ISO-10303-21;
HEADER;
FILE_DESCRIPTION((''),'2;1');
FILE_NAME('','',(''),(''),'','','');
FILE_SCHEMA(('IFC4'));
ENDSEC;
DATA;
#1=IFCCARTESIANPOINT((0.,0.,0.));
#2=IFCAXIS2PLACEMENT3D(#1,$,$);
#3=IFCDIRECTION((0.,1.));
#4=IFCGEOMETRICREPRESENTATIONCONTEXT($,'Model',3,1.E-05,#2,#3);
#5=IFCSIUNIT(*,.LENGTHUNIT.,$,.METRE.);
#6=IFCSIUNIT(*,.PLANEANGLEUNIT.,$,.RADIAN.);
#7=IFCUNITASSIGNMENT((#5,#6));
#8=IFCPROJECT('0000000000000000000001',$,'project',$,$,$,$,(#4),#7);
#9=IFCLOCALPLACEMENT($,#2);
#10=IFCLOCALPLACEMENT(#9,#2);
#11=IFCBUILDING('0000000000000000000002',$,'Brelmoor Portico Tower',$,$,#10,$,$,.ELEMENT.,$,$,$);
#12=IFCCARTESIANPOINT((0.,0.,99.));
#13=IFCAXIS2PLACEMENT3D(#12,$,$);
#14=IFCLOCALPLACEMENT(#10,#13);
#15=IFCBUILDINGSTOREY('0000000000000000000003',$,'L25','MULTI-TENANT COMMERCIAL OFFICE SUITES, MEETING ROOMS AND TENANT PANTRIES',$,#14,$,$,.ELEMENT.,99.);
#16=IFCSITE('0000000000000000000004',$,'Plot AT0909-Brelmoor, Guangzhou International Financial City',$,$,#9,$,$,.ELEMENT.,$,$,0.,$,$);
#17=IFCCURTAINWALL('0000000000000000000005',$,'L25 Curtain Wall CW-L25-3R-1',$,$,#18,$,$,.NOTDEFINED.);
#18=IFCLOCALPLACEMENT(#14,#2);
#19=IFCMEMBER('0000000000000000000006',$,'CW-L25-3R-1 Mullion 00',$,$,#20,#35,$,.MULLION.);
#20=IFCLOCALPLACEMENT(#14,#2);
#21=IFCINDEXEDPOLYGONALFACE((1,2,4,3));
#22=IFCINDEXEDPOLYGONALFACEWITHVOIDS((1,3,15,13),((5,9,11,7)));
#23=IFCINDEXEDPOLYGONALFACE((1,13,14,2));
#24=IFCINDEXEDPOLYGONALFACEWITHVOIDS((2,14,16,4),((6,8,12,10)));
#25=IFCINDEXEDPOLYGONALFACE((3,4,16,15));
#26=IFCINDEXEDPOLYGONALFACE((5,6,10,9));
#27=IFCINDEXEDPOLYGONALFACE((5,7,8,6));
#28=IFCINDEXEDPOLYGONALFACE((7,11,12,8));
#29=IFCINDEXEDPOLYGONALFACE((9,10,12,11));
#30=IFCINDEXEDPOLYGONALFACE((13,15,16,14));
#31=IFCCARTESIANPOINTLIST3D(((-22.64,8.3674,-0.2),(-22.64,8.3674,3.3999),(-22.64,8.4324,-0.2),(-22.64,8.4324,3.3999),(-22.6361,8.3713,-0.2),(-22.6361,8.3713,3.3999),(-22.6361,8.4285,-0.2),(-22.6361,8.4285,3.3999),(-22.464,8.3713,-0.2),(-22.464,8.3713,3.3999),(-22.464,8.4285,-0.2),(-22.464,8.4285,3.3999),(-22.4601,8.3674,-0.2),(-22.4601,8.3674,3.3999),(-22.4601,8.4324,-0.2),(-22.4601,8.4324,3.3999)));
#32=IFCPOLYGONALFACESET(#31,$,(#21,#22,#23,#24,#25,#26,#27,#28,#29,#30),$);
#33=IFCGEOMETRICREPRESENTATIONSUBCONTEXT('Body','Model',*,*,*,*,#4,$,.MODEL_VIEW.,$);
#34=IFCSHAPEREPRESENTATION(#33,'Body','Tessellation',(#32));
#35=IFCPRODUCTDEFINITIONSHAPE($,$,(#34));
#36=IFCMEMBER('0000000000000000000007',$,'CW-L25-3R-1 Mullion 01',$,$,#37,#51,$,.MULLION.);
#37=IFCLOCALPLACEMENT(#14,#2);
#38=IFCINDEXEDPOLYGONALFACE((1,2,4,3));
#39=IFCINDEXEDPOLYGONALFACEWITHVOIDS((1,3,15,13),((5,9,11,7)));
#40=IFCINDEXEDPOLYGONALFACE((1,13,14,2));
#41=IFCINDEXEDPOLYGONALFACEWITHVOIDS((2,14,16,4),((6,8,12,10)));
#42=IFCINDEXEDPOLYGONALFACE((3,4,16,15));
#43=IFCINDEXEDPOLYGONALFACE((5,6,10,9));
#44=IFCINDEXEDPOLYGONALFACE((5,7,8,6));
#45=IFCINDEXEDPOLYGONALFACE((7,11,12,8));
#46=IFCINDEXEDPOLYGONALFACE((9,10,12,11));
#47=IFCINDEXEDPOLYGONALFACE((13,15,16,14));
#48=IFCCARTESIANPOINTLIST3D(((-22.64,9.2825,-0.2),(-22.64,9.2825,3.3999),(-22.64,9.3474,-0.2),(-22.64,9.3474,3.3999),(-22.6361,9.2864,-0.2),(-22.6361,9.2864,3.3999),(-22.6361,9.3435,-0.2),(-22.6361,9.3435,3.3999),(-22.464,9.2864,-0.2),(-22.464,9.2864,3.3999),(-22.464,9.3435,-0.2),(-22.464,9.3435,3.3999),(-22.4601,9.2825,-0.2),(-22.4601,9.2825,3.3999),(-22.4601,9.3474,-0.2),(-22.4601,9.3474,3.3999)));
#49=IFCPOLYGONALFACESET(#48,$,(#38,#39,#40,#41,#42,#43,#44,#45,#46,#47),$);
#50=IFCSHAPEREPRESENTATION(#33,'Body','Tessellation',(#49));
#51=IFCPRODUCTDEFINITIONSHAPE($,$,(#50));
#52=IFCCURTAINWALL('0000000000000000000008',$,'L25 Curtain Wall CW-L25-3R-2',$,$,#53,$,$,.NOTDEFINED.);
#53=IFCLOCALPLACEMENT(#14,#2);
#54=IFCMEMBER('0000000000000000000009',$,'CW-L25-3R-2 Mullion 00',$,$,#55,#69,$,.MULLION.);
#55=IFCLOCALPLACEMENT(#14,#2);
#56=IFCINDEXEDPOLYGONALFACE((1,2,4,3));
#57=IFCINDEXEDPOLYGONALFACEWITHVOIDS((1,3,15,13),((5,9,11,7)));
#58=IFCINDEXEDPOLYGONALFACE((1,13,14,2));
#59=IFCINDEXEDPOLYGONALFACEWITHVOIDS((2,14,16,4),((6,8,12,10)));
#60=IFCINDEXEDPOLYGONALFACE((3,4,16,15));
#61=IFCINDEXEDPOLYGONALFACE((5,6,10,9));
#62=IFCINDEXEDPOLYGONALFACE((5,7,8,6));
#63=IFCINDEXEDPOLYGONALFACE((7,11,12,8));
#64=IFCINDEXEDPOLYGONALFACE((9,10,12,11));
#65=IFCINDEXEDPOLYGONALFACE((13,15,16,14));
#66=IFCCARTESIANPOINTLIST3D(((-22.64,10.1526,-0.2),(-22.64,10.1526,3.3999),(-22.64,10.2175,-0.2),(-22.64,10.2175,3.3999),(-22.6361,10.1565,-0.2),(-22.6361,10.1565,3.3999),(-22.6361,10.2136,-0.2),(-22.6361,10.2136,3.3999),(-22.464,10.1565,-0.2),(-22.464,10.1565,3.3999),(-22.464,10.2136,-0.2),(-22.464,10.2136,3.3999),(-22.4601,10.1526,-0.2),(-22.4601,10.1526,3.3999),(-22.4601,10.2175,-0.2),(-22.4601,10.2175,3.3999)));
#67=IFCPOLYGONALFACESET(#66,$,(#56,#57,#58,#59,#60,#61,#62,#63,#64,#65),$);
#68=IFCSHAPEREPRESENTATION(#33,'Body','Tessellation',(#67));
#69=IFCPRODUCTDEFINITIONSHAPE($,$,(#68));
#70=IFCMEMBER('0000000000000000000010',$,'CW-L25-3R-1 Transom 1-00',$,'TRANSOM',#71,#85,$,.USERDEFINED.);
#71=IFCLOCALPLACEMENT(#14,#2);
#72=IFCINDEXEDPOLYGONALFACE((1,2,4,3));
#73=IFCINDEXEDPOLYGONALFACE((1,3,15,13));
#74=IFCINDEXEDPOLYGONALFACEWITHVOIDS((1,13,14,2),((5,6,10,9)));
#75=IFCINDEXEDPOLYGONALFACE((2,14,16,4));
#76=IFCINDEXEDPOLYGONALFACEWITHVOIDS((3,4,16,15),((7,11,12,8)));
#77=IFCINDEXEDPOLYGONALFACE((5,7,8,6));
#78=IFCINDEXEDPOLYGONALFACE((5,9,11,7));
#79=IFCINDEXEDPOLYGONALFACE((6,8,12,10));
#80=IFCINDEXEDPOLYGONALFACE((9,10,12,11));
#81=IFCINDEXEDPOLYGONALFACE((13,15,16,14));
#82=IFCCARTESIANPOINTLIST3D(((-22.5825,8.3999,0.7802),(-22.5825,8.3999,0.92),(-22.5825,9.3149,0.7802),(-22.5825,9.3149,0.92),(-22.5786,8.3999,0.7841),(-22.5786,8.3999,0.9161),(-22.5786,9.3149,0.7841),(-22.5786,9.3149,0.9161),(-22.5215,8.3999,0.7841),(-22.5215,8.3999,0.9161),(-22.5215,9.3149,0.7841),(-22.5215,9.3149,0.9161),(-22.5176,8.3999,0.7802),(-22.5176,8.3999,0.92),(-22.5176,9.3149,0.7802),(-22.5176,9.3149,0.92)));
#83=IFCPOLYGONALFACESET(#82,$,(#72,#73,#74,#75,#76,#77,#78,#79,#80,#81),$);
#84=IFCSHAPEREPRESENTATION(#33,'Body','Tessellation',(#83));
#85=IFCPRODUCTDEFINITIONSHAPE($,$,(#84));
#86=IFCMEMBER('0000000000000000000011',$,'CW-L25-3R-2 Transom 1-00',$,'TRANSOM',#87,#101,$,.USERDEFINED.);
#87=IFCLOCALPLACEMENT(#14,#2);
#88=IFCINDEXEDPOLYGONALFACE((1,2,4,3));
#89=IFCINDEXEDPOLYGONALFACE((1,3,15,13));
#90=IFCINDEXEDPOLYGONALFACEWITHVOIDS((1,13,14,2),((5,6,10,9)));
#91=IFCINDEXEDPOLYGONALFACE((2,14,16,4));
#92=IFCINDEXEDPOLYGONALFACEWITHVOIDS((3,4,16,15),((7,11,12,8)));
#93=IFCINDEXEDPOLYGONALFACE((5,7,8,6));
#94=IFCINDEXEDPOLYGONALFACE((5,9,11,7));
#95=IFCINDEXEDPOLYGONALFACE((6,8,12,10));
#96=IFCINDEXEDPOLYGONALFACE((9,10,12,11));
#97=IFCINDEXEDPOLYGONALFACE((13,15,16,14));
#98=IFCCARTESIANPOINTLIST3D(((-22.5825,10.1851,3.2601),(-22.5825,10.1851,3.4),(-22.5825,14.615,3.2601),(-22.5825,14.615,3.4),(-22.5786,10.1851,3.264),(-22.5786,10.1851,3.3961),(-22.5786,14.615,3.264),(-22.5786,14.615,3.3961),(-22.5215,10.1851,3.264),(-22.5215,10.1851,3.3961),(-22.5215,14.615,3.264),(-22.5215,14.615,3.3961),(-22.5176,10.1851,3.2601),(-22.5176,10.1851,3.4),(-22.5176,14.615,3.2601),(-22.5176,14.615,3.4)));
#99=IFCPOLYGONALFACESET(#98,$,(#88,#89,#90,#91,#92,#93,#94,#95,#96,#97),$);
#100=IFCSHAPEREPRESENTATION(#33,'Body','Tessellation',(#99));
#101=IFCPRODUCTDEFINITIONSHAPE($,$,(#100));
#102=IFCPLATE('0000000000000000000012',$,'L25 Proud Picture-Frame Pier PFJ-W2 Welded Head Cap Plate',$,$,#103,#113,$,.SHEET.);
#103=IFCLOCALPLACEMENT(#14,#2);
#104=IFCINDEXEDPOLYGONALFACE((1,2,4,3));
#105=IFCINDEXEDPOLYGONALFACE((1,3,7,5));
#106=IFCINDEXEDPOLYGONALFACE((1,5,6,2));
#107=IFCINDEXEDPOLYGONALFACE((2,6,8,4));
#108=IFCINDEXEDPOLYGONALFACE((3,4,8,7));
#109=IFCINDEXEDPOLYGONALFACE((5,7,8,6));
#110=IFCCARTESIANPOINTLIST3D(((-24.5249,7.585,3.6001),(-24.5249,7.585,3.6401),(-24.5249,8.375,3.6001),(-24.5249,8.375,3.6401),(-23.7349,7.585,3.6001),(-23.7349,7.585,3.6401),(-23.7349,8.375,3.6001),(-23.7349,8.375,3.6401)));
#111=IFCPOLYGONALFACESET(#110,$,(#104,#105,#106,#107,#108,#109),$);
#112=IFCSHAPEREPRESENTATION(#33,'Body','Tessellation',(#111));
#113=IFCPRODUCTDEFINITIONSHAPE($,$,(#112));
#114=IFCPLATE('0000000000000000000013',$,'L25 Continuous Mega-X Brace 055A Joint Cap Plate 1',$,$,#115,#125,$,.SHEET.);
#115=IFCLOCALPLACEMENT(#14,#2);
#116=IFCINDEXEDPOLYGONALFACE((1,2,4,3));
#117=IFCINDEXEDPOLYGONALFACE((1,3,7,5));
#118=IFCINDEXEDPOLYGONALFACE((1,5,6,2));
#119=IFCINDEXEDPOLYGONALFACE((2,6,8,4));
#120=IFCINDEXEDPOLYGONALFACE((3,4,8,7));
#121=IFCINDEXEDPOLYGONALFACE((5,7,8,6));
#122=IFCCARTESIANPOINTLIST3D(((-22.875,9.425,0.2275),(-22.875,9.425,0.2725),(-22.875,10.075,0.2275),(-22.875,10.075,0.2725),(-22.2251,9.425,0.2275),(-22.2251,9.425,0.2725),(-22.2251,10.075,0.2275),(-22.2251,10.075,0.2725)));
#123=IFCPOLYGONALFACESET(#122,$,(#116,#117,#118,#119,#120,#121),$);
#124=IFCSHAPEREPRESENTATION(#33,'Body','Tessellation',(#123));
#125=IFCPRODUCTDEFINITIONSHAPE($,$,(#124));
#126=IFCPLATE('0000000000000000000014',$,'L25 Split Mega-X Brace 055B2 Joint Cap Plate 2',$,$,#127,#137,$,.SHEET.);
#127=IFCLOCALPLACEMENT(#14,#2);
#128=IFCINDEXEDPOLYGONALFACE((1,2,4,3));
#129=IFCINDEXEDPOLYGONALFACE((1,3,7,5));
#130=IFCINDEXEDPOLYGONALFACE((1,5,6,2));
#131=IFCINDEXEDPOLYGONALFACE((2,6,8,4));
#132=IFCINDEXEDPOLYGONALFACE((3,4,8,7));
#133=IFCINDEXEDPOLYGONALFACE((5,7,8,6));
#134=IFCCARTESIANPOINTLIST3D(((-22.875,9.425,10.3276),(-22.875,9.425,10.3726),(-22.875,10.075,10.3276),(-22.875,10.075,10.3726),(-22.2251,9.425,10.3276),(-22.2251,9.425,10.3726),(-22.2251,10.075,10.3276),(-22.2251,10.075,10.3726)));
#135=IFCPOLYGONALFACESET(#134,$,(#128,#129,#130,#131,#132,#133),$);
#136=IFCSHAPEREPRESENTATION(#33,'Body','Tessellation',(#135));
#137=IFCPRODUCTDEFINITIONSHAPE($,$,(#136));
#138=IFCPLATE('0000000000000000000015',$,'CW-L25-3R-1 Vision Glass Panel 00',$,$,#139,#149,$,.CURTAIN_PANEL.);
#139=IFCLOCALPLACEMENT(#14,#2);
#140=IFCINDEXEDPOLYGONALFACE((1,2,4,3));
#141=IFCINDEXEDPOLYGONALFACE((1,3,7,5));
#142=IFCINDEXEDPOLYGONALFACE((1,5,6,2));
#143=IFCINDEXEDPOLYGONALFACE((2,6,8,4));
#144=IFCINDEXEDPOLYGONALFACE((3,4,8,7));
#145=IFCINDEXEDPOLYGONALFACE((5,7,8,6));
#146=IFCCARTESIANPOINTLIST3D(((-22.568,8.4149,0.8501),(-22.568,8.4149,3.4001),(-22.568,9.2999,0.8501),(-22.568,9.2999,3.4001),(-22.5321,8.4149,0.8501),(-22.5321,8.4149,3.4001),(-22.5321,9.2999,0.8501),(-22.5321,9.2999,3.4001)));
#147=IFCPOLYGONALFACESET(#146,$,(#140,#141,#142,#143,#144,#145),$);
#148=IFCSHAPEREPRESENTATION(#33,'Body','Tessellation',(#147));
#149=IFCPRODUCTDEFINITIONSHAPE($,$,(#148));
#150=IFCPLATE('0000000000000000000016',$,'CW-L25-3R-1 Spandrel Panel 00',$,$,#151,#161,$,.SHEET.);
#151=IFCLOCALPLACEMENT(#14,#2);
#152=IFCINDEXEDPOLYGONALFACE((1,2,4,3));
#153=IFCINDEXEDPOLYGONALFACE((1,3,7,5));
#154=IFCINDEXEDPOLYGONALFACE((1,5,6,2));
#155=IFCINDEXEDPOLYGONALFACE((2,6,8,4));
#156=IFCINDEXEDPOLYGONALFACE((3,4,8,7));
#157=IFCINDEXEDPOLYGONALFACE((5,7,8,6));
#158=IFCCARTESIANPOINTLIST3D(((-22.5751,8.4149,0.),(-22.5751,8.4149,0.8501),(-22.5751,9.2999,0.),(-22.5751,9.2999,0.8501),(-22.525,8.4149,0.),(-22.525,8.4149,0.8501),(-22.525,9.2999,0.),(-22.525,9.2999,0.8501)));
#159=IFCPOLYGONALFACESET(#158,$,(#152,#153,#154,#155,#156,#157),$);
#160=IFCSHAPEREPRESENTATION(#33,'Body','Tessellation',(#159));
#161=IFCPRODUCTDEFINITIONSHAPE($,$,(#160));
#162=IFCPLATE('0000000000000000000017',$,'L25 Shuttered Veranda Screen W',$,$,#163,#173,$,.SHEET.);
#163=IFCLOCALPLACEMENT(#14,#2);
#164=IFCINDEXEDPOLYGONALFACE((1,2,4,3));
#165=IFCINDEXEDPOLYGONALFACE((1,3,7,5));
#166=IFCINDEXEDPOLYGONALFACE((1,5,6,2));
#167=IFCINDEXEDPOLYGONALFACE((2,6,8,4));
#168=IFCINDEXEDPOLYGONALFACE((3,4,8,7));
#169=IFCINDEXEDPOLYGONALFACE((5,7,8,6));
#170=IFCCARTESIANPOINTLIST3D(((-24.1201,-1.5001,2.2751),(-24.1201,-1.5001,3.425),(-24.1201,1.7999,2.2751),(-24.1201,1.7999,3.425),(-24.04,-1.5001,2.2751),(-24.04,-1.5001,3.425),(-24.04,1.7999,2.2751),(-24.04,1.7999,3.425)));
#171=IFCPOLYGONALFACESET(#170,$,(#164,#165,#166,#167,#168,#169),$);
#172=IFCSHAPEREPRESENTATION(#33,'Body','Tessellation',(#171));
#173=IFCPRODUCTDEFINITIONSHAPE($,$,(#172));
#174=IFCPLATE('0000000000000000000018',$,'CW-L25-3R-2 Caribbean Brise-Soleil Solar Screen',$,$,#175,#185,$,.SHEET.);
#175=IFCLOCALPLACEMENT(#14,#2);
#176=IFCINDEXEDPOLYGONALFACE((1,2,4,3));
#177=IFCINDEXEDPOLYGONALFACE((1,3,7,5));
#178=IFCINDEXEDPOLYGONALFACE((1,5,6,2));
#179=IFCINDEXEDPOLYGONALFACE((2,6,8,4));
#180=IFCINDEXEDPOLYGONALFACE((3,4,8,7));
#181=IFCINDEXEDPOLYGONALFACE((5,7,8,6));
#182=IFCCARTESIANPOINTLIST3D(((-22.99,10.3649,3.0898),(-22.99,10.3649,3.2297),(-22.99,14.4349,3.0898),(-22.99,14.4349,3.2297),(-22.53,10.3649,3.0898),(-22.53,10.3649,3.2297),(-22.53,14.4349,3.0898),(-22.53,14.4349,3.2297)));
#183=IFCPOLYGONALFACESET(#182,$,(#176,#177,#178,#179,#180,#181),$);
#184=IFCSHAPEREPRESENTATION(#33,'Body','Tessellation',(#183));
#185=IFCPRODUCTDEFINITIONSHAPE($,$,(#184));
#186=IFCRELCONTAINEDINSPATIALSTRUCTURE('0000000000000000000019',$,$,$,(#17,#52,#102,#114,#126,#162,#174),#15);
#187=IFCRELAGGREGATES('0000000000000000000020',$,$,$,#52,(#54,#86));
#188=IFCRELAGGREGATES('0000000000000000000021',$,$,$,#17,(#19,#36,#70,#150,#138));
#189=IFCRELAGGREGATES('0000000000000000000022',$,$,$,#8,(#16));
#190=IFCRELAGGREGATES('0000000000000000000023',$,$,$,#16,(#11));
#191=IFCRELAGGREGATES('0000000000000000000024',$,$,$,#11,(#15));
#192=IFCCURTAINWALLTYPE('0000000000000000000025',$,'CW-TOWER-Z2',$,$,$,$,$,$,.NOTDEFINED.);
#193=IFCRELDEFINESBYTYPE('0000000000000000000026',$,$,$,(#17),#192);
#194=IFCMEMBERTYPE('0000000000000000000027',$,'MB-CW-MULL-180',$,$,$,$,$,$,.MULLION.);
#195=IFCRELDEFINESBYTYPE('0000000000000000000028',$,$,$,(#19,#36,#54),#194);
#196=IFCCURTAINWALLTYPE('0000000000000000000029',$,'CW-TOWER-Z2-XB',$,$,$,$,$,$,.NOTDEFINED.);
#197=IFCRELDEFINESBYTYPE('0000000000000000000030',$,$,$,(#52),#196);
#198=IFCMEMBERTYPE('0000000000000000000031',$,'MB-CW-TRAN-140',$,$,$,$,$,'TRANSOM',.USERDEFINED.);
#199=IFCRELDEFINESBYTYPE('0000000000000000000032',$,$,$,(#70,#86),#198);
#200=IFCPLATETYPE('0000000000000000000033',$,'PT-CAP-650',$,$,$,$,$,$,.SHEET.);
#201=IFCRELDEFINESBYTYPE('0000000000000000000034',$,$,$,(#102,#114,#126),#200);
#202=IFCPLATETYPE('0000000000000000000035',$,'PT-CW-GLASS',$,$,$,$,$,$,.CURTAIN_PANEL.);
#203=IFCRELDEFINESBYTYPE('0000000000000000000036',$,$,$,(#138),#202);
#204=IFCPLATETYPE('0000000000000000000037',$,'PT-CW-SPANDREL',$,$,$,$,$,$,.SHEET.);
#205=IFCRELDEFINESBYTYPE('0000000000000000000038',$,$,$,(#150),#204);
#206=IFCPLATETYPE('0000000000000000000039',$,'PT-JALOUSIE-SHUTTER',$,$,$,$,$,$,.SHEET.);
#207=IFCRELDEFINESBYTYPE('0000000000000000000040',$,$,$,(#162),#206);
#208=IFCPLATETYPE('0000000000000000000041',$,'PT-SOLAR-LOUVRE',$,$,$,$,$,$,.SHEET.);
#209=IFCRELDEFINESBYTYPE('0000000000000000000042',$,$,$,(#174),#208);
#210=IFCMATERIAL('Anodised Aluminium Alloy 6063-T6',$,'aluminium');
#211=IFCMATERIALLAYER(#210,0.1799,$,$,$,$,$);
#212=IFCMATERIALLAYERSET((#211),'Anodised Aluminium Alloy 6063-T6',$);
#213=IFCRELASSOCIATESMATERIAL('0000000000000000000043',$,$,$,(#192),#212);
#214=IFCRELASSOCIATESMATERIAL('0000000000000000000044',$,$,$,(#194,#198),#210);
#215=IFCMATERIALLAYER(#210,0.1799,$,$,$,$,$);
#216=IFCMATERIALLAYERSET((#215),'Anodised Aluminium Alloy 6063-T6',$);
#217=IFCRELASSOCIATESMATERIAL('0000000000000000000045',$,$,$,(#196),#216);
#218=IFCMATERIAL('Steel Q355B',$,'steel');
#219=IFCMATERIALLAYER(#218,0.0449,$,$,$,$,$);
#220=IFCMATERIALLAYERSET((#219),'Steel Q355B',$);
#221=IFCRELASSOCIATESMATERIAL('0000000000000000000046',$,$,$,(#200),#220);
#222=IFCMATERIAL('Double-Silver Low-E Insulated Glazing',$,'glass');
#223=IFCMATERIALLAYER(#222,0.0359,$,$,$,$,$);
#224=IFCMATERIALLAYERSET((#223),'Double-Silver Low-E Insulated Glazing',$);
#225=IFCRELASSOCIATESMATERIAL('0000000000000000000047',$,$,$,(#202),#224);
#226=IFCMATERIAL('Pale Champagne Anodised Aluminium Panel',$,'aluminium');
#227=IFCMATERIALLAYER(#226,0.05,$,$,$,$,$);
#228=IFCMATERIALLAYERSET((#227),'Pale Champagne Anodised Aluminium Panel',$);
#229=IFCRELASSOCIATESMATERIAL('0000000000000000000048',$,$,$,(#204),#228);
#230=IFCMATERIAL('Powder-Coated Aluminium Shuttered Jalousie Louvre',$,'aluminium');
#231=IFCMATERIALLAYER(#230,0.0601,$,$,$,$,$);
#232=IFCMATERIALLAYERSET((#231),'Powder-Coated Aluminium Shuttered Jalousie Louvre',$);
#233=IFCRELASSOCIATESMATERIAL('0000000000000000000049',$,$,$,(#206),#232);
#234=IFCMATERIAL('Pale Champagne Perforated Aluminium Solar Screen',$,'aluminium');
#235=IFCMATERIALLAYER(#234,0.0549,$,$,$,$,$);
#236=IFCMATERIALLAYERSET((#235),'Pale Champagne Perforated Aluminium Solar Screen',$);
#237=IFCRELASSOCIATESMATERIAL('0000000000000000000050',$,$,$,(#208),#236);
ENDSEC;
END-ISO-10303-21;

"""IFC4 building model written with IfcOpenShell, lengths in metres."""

from ifc_helpers import new_model, si_unit, direction, frame, origin, origin_2d, place, context, subcontext, project, spatial, rectangle, hollow_rectangle, extrude, material, layer, layer_set, material_profile, profile_set, type_object, element, aggregate, save


model = new_model("IFC4")

# Units and contexts
model_context = context("Model", 3, precision=1e-05, world=origin(), true_north=direction((0.0, 1.0)))
body_context = subcontext(model_context, "Body", "Model", "MODEL_VIEW")
ifc_project = project(units=[si_unit("LENGTHUNIT", "METRE"), si_unit("PLANEANGLEUNIT", "RADIAN")], contexts=[model_context])

# Site, building, storey
site_placement = place(None, origin())
site = spatial("IfcSite", under=ifc_project, at=site_placement, Name="Plot AT0909-Brelmoor, Guangzhou International Financial City", CompositionType="ELEMENT", RefElevation=0.0)
building_placement = place(site_placement, origin())
building = spatial("IfcBuilding", under=site, at=building_placement, Name="Brelmoor Portico Tower", CompositionType="ELEMENT")
storey_placement = place(building_placement, frame((0.0, 0.0, 99.0)))
storey = spatial("IfcBuildingStorey", under=building, at=storey_placement, Name="L25", Description="MULTI-TENANT COMMERCIAL OFFICE SUITES, MEETING ROOMS AND TENANT PANTRIES", CompositionType="ELEMENT", Elevation=99.0)

# Shared definitions
ifc_material_1 = material(Name="Steel Q355B", Category="steel")

# Curtain wall, members
ifc_material_2 = material(Name="Anodised Aluminium Alloy 6063-T6", Category="aluminium")
ifc_layer_1 = layer(ifc_material_2, 0.1799)
ifc_layer_set_1 = layer_set([ifc_layer_1], Name="Anodised Aluminium Alloy 6063-T6")
curtain_wall_type_1 = type_object("IfcCurtainWallType", Name="CW-TOWER-Z2", PredefinedType="NOTDEFINED", material=ifc_layer_set_1)
curtain_wall_1_placement = place(storey_placement, origin())
curtain_wall_1 = element("IfcCurtainWall", 1, at=curtain_wall_1_placement, inside=storey, type_object=curtain_wall_type_1, Name="L25 Curtain Wall CW-L25-3R-1", PredefinedType="NOTDEFINED")
ifc_material_profile_1 = material_profile(ifc_material_2, hollow_rectangle(XDim=0.0649, YDim=0.1799, WallThickness=0.0039, at=origin_2d()), Name="ALU MULLION 65x180")
ifc_profile_set_1 = profile_set([ifc_material_profile_1], Name="Anodised Aluminium Alloy 6063-T6")
member_type_1 = type_object("IfcMemberType", Name="MB-CW-MULL-180", PredefinedType="MULLION", material=ifc_profile_set_1)
member_1_placement = place(storey_placement, frame((-22.55, 8.3999, -0.2), z_axis=(0.0, 0.0, 1.0), x_axis=(0.0, 1.0, 0.0)))
member_1 = element("IfcMember", 2, at=member_1_placement, type_object=member_type_1, Name="CW-L25-3R-1 Mullion 00", PredefinedType="MULLION", context=body_context, shape_type="SweptSolid", body=[
    extrude(hollow_rectangle(XDim=0.0649, YDim=0.1799, WallThickness=0.0039, at=origin_2d()), origin(), (0.0, 0.0, 1.0), 3.5999),
])
member_2_placement = place(storey_placement, frame((-22.55, 9.3149, -0.2), z_axis=(0.0, 0.0, 1.0), x_axis=(0.0, 1.0, 0.0)))
member_2 = element("IfcMember", 3, at=member_2_placement, type_object=member_type_1, Name="CW-L25-3R-1 Mullion 01", PredefinedType="MULLION", context=body_context, shape_type="SweptSolid", body=[
    extrude(hollow_rectangle(XDim=0.0649, YDim=0.1799, WallThickness=0.0039, at=origin_2d()), origin(), (0.0, 0.0, 1.0), 3.5999),
])

# Curtain wall, member
ifc_layer_2 = layer(ifc_material_2, 0.1799)
ifc_layer_set_2 = layer_set([ifc_layer_2], Name="Anodised Aluminium Alloy 6063-T6")
curtain_wall_type_2 = type_object("IfcCurtainWallType", Name="CW-TOWER-Z2-XB", PredefinedType="NOTDEFINED", material=ifc_layer_set_2)
curtain_wall_2_placement = place(storey_placement, origin())
curtain_wall_2 = element("IfcCurtainWall", 4, at=curtain_wall_2_placement, inside=storey, type_object=curtain_wall_type_2, Name="L25 Curtain Wall CW-L25-3R-2", PredefinedType="NOTDEFINED")
member_3_placement = place(storey_placement, frame((-22.55, 10.1851, -0.2), z_axis=(0.0, 0.0, 1.0), x_axis=(0.0, 1.0, 0.0)))
member_3 = element("IfcMember", 5, at=member_3_placement, type_object=member_type_1, Name="CW-L25-3R-2 Mullion 00", PredefinedType="MULLION", context=body_context, shape_type="SweptSolid", body=[
    extrude(hollow_rectangle(XDim=0.0649, YDim=0.1799, WallThickness=0.0039, at=origin_2d()), origin(), (0.0, 0.0, 1.0), 3.5999),
])

# Members
ifc_material_profile_2 = material_profile(ifc_material_2, hollow_rectangle(XDim=0.0649, YDim=0.1399, WallThickness=0.0039, at=origin_2d()), Name="ALU TRANSOM 65x140")
ifc_profile_set_2 = profile_set([ifc_material_profile_2], Name="Anodised Aluminium Alloy 6063-T6")
member_type_2 = type_object("IfcMemberType", Name="MB-CW-TRAN-140", ElementType="TRANSOM", PredefinedType="USERDEFINED", material=ifc_profile_set_2)
member_4_placement = place(storey_placement, frame((-22.55, 8.3999, 0.8501), z_axis=(0.0, 1.0, 0.0), x_axis=(-1.0, 0.0, 0.0)))
member_4 = element("IfcMember", 6, at=member_4_placement, type_object=member_type_2, Name="CW-L25-3R-1 Transom 1-00", ObjectType="TRANSOM", PredefinedType="USERDEFINED", context=body_context, shape_type="SweptSolid", body=[
    extrude(hollow_rectangle(XDim=0.0649, YDim=0.1399, WallThickness=0.0039, at=origin_2d()), origin(), (0.0, 0.0, 1.0), 0.915),
])
member_5_placement = place(storey_placement, frame((-22.55, 10.1851, 3.3301), z_axis=(0.0, 1.0, 0.0), x_axis=(-1.0, 0.0, 0.0)))
member_5 = element("IfcMember", 7, at=member_5_placement, type_object=member_type_2, Name="CW-L25-3R-2 Transom 1-00", ObjectType="TRANSOM", PredefinedType="USERDEFINED", context=body_context, shape_type="SweptSolid", body=[
    extrude(hollow_rectangle(XDim=0.0649, YDim=0.1399, WallThickness=0.0039, at=origin_2d()), origin(), (0.0, 0.0, 1.0), 4.4299),
])
aggregate(curtain_wall_2, [member_3, member_5])

# Plates
ifc_layer_3 = layer(ifc_material_1, 0.0449)
ifc_layer_set_3 = layer_set([ifc_layer_3], Name="Steel Q355B")
plate_type_1 = type_object("IfcPlateType", Name="PT-CAP-650", PredefinedType="SHEET", material=ifc_layer_set_3)
plate_1_placement = place(storey_placement, frame((-24.1299, 7.98, 3.6001), z_axis=(0.0, 0.0, 1.0), x_axis=(0.0, 1.0, 0.0)))
element("IfcPlate", 8, at=plate_1_placement, inside=storey, type_object=plate_type_1, Name="L25 Proud Picture-Frame Pier PFJ-W2 Welded Head Cap Plate", PredefinedType="SHEET", context=body_context, shape_type="SweptSolid", body=[
    extrude(rectangle(XDim=0.79, YDim=0.79, at=origin_2d()), origin(), (0.0, 0.0, 1.0), 0.04),
])
for number, where, z_axis, x_axis, name in (
    (9, (-22.55, 9.75, 0.2275), (0.0, 0.0, 1.0), (1.0, 0.0, 0.0), "L25 Continuous Mega-X Brace 055A Joint Cap Plate 1"),
    (10, (-22.55, 9.75, 10.3276), (0.0, 0.0, 1.0), (1.0, 0.0, 0.0), "L25 Split Mega-X Brace 055B2 Joint Cap Plate 2"),
):
    element("IfcPlate", number, at=place(storey_placement, frame(where, z_axis=z_axis, x_axis=x_axis)), inside=storey, type_object=plate_type_1, Name=name, PredefinedType="SHEET", context=body_context, shape_type="SweptSolid", body=[
        extrude(rectangle(XDim=0.6499, YDim=0.6499, at=origin_2d()), origin(), (0.0, 0.0, 1.0), 0.0449),
    ])

# Plates
ifc_material_3 = material(Name="Double-Silver Low-E Insulated Glazing", Category="glass")
ifc_layer_4 = layer(ifc_material_3, 0.0359)
ifc_layer_set_4 = layer_set([ifc_layer_4], Name="Double-Silver Low-E Insulated Glazing")
plate_type_2 = type_object("IfcPlateType", Name="PT-CW-GLASS", PredefinedType="CURTAIN_PANEL", material=ifc_layer_set_4)
plate_2_placement = place(storey_placement, frame((-22.55, 8.8574, 0.8501), z_axis=(0.0, 0.0, 1.0), x_axis=(0.0, 1.0, 0.0)))
plate_2 = element("IfcPlate", 11, at=plate_2_placement, type_object=plate_type_2, Name="CW-L25-3R-1 Vision Glass Panel 00", PredefinedType="CURTAIN_PANEL", context=body_context, shape_type="SweptSolid", body=[
    extrude(rectangle(XDim=0.885, YDim=0.0359, at=origin_2d()), origin(), (0.0, 0.0, 1.0), 2.55),
])
ifc_material_4 = material(Name="Pale Champagne Anodised Aluminium Panel", Category="aluminium")
ifc_layer_5 = layer(ifc_material_4, 0.05)
ifc_layer_set_5 = layer_set([ifc_layer_5], Name="Pale Champagne Anodised Aluminium Panel")
plate_type_3 = type_object("IfcPlateType", Name="PT-CW-SPANDREL", PredefinedType="SHEET", material=ifc_layer_set_5)
plate_3_placement = place(storey_placement, frame((-22.55, 8.8574, 0.0), z_axis=(0.0, 0.0, 1.0), x_axis=(0.0, 1.0, 0.0)))
plate_3 = element("IfcPlate", 12, at=plate_3_placement, type_object=plate_type_3, Name="CW-L25-3R-1 Spandrel Panel 00", PredefinedType="SHEET", context=body_context, shape_type="SweptSolid", body=[
    extrude(rectangle(XDim=0.885, YDim=0.05, at=origin_2d()), origin(), (0.0, 0.0, 1.0), 0.8501),
])
aggregate(curtain_wall_1, [member_1, member_2, member_4, plate_3, plate_2])

# Plates
ifc_material_5 = material(Name="Powder-Coated Aluminium Shuttered Jalousie Louvre", Category="aluminium")
ifc_layer_6 = layer(ifc_material_5, 0.0601)
ifc_layer_set_6 = layer_set([ifc_layer_6], Name="Powder-Coated Aluminium Shuttered Jalousie Louvre")
plate_type_4 = type_object("IfcPlateType", Name="PT-JALOUSIE-SHUTTER", PredefinedType="SHEET", material=ifc_layer_set_6)
plate_4_placement = place(storey_placement, frame((-24.0801, 0.1499, 2.2751), z_axis=(0.0, 0.0, 1.0), x_axis=(0.0, 1.0, 0.0)))
element("IfcPlate", 13, at=plate_4_placement, inside=storey, type_object=plate_type_4, Name="L25 Shuttered Veranda Screen W", PredefinedType="SHEET", context=body_context, shape_type="SweptSolid", body=[
    extrude(rectangle(XDim=3.3, YDim=0.0801, at=origin_2d()), origin(), (0.0, 0.0, 1.0), 1.1499),
])
ifc_material_6 = material(Name="Pale Champagne Perforated Aluminium Solar Screen", Category="aluminium")
ifc_layer_7 = layer(ifc_material_6, 0.0549)
ifc_layer_set_7 = layer_set([ifc_layer_7], Name="Pale Champagne Perforated Aluminium Solar Screen")
plate_type_5 = type_object("IfcPlateType", Name="PT-SOLAR-LOUVRE", PredefinedType="SHEET", material=ifc_layer_set_7)
plate_5_placement = place(storey_placement, frame((-22.76, 12.3999, 3.0898), z_axis=(0.0, 0.0, 1.0), x_axis=(0.0, 1.0, 0.0)))
element("IfcPlate", 14, at=plate_5_placement, inside=storey, type_object=plate_type_5, Name="CW-L25-3R-2 Caribbean Brise-Soleil Solar Screen", PredefinedType="SHEET", context=body_context, shape_type="SweptSolid", body=[
    extrude(rectangle(XDim=4.0701, YDim=0.46, at=origin_2d()), origin(), (0.0, 0.0, 1.0), 0.1399),
])

save(model, "model.ifc")
